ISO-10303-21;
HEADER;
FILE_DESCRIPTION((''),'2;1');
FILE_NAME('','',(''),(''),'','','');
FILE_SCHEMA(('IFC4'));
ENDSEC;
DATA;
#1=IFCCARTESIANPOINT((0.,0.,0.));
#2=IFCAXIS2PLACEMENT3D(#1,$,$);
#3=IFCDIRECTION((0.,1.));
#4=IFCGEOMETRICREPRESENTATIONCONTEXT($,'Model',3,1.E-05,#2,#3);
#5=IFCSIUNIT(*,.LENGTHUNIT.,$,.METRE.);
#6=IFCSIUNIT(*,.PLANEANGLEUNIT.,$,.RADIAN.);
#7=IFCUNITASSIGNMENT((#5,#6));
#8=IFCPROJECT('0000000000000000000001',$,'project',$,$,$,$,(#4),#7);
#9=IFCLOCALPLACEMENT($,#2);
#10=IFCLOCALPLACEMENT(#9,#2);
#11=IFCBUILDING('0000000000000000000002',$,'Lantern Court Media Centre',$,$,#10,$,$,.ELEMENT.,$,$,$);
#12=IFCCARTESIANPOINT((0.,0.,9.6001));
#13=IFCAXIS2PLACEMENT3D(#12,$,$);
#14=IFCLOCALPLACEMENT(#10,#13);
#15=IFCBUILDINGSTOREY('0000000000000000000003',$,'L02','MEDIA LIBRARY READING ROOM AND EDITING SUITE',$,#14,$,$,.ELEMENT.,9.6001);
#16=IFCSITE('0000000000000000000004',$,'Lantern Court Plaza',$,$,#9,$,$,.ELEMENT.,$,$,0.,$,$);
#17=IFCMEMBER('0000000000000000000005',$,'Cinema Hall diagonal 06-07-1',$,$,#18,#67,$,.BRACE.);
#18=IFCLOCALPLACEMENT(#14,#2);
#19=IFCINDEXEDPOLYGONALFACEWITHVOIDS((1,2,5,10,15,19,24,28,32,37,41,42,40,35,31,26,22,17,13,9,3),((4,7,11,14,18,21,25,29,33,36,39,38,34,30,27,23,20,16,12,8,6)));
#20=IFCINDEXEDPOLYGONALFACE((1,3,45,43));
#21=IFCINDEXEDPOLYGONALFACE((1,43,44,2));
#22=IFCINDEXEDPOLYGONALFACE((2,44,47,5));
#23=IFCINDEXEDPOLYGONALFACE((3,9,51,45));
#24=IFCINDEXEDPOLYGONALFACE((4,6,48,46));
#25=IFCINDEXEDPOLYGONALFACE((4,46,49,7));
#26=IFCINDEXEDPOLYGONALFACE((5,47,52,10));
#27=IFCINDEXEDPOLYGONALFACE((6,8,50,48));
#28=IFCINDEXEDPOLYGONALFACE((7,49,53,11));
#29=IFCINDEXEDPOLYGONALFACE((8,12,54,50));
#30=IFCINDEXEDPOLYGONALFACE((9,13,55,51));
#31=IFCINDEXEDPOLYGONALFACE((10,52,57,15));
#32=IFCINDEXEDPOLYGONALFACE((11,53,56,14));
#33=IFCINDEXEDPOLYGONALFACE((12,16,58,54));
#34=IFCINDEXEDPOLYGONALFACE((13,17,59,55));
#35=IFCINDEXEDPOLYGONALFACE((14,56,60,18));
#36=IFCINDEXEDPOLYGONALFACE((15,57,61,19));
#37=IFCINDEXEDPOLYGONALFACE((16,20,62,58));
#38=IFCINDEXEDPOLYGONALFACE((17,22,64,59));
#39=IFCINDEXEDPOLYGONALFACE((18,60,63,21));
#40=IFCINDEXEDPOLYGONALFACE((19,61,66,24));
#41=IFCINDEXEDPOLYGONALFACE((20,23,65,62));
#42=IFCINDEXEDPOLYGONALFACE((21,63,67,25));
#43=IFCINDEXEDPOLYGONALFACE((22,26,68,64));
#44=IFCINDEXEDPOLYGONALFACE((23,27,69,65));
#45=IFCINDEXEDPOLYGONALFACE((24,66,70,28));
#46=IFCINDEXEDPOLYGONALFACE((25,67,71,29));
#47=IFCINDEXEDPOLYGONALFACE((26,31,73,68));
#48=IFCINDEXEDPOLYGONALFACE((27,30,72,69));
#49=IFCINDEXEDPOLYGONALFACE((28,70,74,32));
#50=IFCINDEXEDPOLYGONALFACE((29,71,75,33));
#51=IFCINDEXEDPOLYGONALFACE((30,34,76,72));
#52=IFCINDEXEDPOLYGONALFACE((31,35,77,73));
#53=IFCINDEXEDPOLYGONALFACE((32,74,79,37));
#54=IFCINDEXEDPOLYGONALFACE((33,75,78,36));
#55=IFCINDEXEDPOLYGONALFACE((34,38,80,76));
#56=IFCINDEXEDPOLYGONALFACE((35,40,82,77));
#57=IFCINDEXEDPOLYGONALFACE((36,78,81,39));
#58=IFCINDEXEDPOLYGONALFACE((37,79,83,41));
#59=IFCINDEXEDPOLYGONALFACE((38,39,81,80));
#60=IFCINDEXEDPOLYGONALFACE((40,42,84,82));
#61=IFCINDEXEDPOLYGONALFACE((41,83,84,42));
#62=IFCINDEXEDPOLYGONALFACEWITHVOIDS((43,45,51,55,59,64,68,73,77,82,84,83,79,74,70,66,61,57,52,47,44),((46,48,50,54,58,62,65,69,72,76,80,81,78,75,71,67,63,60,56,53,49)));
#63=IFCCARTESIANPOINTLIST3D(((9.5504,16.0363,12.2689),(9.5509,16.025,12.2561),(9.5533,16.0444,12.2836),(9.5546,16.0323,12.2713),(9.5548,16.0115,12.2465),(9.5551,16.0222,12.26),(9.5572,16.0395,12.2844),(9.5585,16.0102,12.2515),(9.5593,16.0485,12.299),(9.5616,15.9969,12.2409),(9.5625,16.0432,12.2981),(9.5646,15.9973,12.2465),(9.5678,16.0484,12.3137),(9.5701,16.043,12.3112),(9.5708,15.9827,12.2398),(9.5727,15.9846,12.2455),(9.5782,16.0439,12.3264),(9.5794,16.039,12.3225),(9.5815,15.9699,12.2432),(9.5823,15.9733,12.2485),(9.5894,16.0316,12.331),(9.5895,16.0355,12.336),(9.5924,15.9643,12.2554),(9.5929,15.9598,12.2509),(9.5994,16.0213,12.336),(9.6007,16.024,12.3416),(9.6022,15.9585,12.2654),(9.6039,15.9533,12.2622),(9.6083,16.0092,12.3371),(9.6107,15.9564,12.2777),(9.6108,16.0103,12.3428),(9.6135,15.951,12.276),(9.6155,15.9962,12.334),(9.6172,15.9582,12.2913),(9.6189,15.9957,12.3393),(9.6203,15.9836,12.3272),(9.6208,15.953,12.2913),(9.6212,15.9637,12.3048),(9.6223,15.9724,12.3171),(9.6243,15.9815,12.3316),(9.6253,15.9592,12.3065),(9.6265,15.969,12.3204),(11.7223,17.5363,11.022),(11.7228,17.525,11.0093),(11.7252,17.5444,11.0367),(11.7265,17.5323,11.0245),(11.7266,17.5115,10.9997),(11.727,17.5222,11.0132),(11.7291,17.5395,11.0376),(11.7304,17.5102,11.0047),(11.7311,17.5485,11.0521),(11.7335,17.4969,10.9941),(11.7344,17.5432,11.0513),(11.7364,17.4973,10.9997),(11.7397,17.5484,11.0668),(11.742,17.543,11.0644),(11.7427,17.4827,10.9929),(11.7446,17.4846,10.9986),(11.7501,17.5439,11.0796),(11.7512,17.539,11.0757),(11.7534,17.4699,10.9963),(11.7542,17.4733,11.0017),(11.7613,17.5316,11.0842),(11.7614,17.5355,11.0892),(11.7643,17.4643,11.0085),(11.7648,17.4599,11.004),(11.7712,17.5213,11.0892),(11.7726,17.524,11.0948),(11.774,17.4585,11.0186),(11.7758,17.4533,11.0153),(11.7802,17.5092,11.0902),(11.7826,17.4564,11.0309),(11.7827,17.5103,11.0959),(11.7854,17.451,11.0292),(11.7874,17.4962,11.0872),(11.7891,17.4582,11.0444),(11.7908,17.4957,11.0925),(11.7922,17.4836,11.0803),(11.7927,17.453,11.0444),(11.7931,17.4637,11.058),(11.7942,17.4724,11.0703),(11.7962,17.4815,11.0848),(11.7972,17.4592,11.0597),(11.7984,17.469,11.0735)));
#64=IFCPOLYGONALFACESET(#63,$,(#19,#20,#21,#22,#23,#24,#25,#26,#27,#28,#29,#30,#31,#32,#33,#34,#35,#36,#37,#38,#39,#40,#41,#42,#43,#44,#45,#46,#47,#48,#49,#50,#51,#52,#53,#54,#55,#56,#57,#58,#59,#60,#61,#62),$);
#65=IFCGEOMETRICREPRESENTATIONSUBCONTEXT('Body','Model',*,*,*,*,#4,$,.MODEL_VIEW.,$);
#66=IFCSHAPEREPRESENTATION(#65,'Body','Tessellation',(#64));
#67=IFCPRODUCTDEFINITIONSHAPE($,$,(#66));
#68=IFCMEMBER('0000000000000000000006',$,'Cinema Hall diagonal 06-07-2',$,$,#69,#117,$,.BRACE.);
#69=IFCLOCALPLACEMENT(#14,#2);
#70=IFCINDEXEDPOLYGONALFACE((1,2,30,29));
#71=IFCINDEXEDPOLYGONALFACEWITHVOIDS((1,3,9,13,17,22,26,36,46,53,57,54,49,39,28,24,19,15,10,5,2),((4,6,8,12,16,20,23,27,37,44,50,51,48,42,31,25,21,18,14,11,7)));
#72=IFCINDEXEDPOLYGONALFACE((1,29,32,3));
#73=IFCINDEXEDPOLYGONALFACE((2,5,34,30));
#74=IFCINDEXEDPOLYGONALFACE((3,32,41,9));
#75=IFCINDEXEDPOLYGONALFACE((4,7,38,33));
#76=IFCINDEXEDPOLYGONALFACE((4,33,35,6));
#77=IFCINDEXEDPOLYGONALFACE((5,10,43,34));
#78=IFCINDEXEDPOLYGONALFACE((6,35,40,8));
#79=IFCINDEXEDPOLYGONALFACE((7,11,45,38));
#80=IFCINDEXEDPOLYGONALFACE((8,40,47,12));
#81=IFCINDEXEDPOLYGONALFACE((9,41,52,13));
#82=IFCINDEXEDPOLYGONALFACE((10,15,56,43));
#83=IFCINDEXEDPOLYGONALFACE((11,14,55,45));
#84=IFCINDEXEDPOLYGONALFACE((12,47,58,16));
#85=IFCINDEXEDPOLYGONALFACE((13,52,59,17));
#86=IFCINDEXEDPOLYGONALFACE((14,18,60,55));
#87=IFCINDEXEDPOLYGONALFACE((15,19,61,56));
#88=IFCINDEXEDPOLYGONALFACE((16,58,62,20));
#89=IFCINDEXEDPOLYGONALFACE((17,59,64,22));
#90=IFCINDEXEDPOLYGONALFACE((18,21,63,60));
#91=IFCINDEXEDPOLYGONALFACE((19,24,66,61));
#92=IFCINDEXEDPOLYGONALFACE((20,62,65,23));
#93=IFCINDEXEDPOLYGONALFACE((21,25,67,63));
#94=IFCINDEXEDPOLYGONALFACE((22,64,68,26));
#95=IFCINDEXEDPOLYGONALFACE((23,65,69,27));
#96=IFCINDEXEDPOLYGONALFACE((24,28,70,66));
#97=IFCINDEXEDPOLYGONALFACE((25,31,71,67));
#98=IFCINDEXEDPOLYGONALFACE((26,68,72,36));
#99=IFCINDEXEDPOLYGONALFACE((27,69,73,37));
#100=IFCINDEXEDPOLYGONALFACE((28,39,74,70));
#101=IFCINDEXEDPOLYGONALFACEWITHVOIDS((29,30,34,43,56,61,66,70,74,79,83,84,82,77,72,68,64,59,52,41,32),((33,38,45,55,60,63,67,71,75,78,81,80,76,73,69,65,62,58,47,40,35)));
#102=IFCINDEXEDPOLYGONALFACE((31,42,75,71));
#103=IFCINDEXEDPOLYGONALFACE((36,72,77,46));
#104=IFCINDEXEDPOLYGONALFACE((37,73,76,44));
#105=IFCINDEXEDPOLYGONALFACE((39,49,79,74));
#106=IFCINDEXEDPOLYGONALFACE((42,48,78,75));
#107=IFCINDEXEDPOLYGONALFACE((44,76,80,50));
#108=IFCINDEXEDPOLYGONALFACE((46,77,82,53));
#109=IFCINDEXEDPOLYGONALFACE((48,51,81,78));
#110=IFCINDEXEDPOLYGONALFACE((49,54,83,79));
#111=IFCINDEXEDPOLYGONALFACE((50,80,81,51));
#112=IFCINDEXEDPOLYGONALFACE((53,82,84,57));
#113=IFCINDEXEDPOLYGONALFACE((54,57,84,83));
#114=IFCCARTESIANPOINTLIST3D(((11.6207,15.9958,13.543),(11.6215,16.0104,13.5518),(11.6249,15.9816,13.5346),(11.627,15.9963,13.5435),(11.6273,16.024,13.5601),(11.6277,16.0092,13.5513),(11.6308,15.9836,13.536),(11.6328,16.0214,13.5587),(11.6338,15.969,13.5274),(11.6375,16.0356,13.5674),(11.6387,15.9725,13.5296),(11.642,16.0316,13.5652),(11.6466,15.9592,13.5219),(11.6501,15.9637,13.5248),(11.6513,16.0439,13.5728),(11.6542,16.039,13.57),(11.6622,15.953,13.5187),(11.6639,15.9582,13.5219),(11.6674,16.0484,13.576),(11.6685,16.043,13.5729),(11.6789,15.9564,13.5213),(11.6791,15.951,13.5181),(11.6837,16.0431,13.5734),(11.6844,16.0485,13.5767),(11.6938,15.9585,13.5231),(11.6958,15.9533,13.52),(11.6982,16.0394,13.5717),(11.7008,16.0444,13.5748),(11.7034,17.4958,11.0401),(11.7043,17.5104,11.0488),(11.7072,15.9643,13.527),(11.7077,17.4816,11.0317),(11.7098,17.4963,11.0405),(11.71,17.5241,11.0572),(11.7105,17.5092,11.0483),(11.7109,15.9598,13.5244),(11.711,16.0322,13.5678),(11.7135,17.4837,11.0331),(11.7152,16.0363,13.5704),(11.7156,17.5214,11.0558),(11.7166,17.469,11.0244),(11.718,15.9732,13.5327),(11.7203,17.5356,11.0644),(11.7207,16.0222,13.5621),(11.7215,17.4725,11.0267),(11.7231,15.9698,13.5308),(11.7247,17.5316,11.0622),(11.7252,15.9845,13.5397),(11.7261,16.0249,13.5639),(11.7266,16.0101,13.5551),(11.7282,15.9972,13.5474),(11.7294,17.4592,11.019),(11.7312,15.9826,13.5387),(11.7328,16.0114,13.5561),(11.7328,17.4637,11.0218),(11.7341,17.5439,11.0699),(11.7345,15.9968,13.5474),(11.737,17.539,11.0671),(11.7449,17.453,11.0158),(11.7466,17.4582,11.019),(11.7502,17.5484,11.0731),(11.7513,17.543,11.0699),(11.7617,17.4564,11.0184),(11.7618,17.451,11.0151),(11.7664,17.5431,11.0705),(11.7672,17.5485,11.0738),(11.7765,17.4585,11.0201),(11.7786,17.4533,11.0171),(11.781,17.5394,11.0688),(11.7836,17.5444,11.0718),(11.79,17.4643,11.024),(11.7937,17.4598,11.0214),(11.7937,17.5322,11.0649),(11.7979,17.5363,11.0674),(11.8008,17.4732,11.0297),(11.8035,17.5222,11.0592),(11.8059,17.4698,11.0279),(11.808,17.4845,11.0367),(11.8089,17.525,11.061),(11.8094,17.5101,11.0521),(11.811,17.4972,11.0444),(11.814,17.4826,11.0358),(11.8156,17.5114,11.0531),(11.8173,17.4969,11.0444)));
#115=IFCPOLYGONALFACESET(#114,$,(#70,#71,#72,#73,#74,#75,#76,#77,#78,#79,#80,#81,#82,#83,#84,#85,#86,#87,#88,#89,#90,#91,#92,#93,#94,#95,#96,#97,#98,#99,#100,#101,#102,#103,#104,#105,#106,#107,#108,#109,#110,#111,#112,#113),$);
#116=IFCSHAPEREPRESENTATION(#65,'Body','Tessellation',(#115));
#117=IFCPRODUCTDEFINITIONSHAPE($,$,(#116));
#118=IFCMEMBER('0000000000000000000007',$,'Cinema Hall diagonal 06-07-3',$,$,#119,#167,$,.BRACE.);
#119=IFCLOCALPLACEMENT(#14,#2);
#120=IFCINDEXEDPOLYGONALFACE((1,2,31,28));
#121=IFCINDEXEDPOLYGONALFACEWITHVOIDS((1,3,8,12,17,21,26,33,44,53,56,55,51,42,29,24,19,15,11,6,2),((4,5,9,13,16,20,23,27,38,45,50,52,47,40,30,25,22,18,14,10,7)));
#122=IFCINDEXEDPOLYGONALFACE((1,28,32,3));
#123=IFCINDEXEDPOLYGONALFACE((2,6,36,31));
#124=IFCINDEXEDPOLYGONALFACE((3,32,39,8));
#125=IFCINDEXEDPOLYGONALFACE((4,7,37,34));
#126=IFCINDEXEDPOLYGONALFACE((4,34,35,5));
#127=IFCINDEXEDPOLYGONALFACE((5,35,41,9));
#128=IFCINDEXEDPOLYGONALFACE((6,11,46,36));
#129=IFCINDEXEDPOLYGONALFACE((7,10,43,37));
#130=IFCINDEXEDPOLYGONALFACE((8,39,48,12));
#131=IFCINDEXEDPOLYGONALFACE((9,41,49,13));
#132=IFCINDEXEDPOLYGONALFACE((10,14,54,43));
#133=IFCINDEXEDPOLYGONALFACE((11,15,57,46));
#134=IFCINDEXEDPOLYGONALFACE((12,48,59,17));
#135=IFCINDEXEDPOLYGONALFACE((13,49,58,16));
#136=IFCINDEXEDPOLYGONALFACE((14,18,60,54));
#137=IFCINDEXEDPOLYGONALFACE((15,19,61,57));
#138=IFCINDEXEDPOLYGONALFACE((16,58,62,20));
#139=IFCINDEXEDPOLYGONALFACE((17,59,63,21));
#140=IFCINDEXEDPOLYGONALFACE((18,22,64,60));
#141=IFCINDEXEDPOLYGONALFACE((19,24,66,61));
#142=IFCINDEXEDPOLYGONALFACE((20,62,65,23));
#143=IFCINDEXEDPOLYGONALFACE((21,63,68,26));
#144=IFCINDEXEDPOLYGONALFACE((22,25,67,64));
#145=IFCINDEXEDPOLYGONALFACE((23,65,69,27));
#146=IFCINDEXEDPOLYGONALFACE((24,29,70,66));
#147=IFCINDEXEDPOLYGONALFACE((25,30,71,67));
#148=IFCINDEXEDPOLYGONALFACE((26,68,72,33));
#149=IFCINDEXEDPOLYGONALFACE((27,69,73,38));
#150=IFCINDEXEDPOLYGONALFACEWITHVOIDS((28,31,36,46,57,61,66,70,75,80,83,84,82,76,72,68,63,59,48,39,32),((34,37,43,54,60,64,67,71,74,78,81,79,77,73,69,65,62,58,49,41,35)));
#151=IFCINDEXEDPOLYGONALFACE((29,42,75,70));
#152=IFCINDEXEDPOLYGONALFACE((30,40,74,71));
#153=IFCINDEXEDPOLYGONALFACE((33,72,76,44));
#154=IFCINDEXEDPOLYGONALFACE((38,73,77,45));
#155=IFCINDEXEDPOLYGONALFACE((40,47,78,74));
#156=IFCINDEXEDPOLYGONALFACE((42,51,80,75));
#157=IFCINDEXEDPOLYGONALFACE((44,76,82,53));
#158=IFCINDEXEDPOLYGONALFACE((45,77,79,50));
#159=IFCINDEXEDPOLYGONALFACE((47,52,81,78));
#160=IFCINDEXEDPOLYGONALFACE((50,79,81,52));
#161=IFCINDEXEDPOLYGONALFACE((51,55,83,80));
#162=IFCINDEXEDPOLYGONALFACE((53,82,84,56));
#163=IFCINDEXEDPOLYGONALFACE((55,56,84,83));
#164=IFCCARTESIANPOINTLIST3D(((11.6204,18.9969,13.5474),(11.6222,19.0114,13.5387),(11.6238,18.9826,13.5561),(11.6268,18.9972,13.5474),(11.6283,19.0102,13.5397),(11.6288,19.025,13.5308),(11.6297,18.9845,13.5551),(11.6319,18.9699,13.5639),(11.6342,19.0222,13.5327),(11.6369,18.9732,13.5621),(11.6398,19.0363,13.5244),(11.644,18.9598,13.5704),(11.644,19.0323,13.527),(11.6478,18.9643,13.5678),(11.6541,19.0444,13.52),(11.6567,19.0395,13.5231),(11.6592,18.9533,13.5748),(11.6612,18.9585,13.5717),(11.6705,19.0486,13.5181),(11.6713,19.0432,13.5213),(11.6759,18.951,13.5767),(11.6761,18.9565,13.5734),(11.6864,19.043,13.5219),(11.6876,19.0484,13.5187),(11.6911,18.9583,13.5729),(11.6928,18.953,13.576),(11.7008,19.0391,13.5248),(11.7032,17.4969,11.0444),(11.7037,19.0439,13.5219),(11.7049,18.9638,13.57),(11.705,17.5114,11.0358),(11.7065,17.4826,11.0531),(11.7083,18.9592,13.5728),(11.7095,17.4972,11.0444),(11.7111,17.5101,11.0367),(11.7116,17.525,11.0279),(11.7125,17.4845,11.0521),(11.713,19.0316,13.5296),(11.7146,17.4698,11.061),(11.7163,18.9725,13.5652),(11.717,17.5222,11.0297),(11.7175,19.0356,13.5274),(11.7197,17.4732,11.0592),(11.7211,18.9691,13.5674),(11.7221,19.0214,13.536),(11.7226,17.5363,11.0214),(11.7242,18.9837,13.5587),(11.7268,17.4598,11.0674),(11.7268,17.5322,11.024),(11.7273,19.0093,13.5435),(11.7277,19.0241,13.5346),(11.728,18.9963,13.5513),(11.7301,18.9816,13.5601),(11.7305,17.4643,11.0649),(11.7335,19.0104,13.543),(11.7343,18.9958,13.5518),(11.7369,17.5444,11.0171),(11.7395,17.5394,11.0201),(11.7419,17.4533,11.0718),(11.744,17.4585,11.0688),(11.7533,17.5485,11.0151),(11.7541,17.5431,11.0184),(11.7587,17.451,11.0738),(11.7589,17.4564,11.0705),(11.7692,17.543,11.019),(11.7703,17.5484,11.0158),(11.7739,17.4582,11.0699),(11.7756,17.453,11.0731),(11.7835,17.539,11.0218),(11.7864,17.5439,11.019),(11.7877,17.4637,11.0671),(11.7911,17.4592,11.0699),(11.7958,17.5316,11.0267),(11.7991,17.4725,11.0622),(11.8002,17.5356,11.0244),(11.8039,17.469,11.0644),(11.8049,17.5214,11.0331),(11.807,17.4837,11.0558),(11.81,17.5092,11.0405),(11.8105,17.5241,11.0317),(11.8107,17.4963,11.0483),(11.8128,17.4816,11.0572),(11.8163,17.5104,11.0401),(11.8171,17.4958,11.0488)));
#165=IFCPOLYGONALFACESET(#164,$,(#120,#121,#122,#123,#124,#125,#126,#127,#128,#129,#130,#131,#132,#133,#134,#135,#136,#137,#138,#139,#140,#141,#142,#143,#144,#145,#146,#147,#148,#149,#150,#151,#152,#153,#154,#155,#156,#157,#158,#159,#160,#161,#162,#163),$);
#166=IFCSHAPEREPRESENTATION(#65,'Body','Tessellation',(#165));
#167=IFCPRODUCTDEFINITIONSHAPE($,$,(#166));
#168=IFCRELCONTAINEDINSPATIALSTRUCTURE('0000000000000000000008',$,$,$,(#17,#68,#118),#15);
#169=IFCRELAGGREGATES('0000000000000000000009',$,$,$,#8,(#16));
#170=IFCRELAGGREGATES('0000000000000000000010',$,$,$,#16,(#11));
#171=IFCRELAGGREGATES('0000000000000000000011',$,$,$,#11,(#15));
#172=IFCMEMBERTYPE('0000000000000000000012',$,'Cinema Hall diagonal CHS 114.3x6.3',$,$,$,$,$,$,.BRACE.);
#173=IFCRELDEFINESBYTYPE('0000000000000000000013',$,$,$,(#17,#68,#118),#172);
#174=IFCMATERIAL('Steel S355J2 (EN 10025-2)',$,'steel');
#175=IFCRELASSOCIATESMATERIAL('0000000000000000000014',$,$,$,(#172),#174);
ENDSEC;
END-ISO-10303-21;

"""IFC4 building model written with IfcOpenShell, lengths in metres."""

from ifc_helpers import new_model, si_unit, direction, frame, origin, origin_2d, place, context, subcontext, project, spatial, hollow_circle, extrude, material, material_profile, profile_set, type_object, element, save


model = new_model("IFC4")

# Units and contexts
model_context = context("Model", 3, precision=1e-05, world=origin(), true_north=direction((0.0, 1.0)))
body_context = subcontext(model_context, "Body", "Model", "MODEL_VIEW")
ifc_project = project(units=[si_unit("LENGTHUNIT", "METRE"), si_unit("PLANEANGLEUNIT", "RADIAN")], contexts=[model_context])

# Site, building, storey
site_placement = place(None, origin())
site = spatial("IfcSite", under=ifc_project, at=site_placement, Name="Lantern Court Plaza", CompositionType="ELEMENT", RefElevation=0.0)
building_placement = place(site_placement, origin())
building = spatial("IfcBuilding", under=site, at=building_placement, Name="Lantern Court Media Centre", CompositionType="ELEMENT")
storey_placement = place(building_placement, frame((0.0, 0.0, 9.6001)))
storey = spatial("IfcBuildingStorey", under=building, at=storey_placement, Name="L02", Description="MEDIA LIBRARY READING ROOM AND EDITING SUITE", CompositionType="ELEMENT", Elevation=9.6001)

# Members
ifc_material = material(Name="Steel S355J2 (EN 10025-2)", Category="steel")
ifc_material_profile_1 = material_profile(ifc_material, hollow_circle(Radius=0.0571, WallThickness=0.0063, at=origin_2d()), Name="Cinema Hall diagonal CHS 114.3x6.3")
ifc_profile_set_1 = profile_set([ifc_material_profile_1], Name="Steel S355J2 (EN 10025-2)")
member_type_1 = type_object("IfcMemberType", Name="Cinema Hall diagonal CHS 114.3x6.3", PredefinedType="BRACE", material=ifc_profile_set_1)
for number, where, z_axis, x_axis, name in (
    (1, (11.7603, 17.5, 11.0444), (-0.744002, -0.513843, 0.427115), (0.568286, -0.822831, 0.0), "Cinema Hall diagonal 06-07-1"),
    (2, (11.7603, 17.5, 11.0444), (-0.028352, -0.513846, 0.857414), (0.998481, -0.055092, 0.0), "Cinema Hall diagonal 06-07-2"),
    (3, (11.7603, 17.5, 11.0444), (-0.028352, 0.513846, 0.857414), (-0.998481, -0.055092, 0.0), "Cinema Hall diagonal 06-07-3"),
):
    element("IfcMember", number, at=place(storey_placement, frame(where, z_axis=z_axis, x_axis=x_axis)), inside=storey, type_object=member_type_1, Name=name, PredefinedType="BRACE", context=body_context, shape_type="SweptSolid", body=[
        extrude(hollow_circle(Radius=0.0571, WallThickness=0.0063, at=origin_2d()), origin(), (0.0, 0.0, 1.0), 2.9192),
    ])

save(model, "model.ifc")
